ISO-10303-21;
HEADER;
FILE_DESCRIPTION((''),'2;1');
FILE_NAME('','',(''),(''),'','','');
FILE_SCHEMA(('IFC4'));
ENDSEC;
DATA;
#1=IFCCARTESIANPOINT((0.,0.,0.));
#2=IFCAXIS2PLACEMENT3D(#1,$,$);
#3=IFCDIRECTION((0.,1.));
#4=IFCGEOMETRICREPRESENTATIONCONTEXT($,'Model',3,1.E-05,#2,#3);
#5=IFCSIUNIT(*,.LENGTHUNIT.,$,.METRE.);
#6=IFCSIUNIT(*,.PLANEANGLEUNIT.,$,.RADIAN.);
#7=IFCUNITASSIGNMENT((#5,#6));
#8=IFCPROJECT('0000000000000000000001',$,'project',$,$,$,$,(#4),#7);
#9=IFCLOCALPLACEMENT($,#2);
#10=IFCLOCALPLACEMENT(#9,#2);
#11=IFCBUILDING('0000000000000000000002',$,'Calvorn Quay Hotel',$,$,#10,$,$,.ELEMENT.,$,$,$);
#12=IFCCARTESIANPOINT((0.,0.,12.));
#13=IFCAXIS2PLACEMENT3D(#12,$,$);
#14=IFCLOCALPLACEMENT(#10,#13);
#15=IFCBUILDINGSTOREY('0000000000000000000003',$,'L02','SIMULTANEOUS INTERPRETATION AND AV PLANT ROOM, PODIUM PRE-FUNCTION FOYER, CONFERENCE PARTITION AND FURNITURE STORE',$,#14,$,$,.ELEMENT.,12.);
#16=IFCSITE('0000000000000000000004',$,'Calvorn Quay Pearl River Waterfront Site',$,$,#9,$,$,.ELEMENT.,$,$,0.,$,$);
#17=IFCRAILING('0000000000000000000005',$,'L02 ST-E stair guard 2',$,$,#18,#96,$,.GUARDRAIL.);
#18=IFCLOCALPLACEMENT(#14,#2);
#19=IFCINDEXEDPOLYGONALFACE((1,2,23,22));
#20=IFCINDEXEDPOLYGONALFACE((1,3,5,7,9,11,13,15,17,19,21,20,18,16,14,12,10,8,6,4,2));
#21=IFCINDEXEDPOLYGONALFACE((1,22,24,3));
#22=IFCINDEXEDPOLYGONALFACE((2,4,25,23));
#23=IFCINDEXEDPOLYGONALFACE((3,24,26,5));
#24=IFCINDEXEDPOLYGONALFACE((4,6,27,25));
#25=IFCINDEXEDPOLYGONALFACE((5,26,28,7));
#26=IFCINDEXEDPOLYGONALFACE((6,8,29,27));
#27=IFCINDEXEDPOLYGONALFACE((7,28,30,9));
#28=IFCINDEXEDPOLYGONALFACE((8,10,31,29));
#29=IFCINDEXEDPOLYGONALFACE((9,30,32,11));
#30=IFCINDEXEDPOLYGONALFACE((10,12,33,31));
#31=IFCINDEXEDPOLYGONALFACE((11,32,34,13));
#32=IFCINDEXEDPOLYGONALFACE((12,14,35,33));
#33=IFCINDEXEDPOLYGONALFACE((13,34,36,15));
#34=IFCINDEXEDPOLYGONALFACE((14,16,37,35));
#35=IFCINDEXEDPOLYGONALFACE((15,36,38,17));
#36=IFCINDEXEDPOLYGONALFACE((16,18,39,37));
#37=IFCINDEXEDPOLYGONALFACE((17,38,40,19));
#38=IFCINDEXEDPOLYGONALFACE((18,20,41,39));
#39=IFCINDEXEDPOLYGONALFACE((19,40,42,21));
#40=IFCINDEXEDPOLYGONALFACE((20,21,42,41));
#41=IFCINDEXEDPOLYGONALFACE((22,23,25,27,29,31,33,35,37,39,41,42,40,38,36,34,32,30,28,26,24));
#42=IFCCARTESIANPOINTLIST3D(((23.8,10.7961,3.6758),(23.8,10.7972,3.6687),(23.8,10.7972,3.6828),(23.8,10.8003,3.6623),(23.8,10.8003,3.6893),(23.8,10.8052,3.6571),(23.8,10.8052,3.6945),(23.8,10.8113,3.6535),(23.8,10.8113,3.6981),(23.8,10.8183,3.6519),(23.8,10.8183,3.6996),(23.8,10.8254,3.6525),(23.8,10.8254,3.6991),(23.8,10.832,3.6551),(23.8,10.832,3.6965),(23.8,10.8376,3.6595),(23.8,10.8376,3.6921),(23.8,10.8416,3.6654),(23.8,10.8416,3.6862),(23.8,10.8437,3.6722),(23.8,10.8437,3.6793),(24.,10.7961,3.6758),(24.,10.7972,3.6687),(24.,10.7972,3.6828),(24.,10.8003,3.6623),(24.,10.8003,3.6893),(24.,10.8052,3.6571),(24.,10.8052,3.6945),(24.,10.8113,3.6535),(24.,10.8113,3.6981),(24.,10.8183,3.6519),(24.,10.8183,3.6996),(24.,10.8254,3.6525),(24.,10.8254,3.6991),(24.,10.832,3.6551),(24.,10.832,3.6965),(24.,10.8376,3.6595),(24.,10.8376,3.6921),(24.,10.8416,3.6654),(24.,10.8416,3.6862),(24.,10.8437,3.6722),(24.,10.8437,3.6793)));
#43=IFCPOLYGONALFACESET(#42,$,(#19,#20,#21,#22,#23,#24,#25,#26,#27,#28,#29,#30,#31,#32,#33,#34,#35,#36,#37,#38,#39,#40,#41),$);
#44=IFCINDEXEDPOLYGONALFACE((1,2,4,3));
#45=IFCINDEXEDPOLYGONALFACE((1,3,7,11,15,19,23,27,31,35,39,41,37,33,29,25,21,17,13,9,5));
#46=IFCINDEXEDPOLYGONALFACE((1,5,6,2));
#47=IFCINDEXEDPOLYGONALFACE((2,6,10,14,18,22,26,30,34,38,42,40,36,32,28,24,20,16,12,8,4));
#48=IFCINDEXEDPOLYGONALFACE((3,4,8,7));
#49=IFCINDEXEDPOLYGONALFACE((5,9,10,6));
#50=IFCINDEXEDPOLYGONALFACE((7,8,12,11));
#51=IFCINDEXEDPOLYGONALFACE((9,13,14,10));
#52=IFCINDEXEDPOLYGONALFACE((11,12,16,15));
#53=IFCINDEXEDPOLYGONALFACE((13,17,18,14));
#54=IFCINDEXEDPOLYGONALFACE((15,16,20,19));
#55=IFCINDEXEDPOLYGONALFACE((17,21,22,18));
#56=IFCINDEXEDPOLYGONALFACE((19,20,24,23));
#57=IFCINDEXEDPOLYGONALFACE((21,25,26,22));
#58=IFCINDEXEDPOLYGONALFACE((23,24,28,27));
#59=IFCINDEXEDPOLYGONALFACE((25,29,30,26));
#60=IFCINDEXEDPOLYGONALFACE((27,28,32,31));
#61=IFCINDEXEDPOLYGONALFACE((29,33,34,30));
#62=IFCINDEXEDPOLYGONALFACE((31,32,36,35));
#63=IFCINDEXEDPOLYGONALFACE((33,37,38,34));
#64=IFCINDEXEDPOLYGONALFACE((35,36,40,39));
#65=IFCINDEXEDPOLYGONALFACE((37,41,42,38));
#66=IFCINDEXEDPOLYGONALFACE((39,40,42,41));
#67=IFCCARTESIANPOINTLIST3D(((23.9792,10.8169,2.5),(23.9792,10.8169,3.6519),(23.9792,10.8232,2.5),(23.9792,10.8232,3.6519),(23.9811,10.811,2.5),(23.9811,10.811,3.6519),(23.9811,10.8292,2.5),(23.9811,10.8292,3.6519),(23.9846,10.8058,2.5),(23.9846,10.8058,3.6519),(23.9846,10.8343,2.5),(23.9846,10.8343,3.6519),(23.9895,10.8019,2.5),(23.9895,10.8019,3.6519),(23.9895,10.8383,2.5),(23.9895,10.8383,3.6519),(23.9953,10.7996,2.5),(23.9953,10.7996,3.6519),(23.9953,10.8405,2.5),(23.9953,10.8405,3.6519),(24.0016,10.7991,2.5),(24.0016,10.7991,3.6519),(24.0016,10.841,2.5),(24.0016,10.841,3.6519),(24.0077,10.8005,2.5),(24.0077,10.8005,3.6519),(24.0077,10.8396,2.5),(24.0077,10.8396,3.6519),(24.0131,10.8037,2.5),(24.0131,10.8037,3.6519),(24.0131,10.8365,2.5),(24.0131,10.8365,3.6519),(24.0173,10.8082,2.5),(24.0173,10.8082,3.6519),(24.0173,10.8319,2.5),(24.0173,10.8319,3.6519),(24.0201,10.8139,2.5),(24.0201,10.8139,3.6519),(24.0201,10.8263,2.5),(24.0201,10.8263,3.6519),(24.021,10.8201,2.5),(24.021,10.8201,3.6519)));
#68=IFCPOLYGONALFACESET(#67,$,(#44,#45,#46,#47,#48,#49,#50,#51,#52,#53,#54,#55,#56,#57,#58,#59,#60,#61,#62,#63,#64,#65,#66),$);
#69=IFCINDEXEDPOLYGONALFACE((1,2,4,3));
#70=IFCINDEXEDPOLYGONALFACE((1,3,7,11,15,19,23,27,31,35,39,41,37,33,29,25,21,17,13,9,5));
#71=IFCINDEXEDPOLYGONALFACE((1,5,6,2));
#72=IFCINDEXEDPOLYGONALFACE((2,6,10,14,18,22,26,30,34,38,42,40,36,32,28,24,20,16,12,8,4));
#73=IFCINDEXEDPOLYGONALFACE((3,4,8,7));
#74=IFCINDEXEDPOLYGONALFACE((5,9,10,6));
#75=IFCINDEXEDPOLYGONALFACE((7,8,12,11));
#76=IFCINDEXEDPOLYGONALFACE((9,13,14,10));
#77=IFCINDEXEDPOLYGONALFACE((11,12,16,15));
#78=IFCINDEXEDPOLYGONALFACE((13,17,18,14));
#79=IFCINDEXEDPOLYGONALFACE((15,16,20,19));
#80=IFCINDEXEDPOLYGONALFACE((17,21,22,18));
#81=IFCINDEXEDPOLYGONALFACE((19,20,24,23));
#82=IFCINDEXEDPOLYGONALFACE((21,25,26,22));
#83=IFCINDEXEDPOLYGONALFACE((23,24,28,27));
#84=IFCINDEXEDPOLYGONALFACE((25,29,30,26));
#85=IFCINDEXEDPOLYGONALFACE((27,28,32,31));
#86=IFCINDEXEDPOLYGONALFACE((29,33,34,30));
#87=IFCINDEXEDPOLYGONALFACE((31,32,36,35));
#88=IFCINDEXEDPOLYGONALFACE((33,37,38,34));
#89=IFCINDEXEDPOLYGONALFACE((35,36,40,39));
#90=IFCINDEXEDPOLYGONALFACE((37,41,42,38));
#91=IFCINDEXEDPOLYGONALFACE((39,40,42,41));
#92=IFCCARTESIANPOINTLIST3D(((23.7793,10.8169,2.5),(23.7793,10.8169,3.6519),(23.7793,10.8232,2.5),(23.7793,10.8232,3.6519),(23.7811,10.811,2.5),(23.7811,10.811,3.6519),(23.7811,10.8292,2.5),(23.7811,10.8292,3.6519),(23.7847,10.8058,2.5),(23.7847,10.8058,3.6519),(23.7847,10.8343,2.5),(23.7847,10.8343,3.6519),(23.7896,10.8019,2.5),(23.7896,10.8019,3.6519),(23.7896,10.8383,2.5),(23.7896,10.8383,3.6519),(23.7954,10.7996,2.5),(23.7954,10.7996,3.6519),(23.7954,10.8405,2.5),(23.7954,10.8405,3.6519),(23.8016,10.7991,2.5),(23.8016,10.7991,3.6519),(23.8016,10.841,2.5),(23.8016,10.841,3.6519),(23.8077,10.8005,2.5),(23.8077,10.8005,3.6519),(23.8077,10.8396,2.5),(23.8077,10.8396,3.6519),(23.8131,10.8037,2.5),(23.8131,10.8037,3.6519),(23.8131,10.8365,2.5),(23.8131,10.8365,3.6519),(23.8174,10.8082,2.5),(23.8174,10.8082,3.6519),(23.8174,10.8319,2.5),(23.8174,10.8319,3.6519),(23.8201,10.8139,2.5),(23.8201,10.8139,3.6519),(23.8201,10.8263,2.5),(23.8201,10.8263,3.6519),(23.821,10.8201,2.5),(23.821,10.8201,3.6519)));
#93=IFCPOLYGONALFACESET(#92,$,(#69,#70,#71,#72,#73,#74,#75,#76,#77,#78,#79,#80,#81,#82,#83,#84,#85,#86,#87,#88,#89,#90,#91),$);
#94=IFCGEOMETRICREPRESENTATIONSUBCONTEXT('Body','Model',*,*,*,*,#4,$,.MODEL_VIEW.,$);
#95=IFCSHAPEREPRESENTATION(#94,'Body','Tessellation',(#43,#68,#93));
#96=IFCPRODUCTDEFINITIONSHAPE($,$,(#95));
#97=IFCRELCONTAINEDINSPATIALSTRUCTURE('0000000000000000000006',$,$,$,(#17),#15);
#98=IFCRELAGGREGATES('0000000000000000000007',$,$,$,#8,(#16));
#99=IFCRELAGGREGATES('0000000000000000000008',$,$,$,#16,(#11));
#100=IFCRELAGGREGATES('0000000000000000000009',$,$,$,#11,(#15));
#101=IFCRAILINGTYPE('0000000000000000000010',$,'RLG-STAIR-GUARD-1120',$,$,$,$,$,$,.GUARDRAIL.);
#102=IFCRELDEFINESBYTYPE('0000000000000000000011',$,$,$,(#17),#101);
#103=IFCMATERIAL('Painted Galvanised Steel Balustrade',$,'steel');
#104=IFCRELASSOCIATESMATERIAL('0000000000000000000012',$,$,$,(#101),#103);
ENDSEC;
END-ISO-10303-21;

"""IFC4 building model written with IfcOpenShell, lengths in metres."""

from ifc_helpers import new_model, si_unit, direction, frame, origin, origin_2d, place, context, subcontext, project, spatial, circle, extrude, material, type_object, element, save


model = new_model("IFC4")

# Units and contexts
model_context = context("Model", 3, precision=1e-05, world=origin(), true_north=direction((0.0, 1.0)))
body_context = subcontext(model_context, "Body", "Model", "MODEL_VIEW")
ifc_project = project(units=[si_unit("LENGTHUNIT", "METRE"), si_unit("PLANEANGLEUNIT", "RADIAN")], contexts=[model_context])

# Site, building, storey
site_placement = place(None, origin())
site = spatial("IfcSite", under=ifc_project, at=site_placement, Name="Calvorn Quay Pearl River Waterfront Site", CompositionType="ELEMENT", RefElevation=0.0)
building_placement = place(site_placement, origin())
building = spatial("IfcBuilding", under=site, at=building_placement, Name="Calvorn Quay Hotel", CompositionType="ELEMENT")
storey_placement = place(building_placement, frame((0.0, 0.0, 12.0)))
storey = spatial("IfcBuildingStorey", under=building, at=storey_placement, Name="L02", Description="SIMULTANEOUS INTERPRETATION AND AV PLANT ROOM, PODIUM PRE-FUNCTION FOYER, CONFERENCE PARTITION AND FURNITURE STORE", CompositionType="ELEMENT", Elevation=12.0)

# Railing
ifc_material_1 = material(Name="Painted Galvanised Steel Balustrade", Category="steel")
railing_type_1 = type_object("IfcRailingType", Name="RLG-STAIR-GUARD-1120", PredefinedType="GUARDRAIL", material=ifc_material_1)
railing_1_placement = place(storey_placement, frame((24.0, 10.8201, 2.5)))
element("IfcRailing", 1, at=railing_1_placement, inside=storey, type_object=railing_type_1, Name="L02 ST-E stair guard 2", PredefinedType="GUARDRAIL", context=body_context, shape_type="SweptSolid", body=[
    extrude(circle(Radius=0.0239, at=origin_2d()), frame((0.0, 0.0, 1.1758), z_axis=(-1.0, 0.0, 0.0), x_axis=(0.0, -1.0, 0.0)), (0.0, 0.0, 1.0), 0.2),
    extrude(circle(Radius=0.021, at=origin_2d()), origin(), (0.0, 0.0, 1.0), 1.1519),
    extrude(circle(Radius=0.021, at=origin_2d()), frame((-0.2, 0.0, 0.0)), (0.0, 0.0, 1.0), 1.1519),
])

save(model, "model.ifc")
